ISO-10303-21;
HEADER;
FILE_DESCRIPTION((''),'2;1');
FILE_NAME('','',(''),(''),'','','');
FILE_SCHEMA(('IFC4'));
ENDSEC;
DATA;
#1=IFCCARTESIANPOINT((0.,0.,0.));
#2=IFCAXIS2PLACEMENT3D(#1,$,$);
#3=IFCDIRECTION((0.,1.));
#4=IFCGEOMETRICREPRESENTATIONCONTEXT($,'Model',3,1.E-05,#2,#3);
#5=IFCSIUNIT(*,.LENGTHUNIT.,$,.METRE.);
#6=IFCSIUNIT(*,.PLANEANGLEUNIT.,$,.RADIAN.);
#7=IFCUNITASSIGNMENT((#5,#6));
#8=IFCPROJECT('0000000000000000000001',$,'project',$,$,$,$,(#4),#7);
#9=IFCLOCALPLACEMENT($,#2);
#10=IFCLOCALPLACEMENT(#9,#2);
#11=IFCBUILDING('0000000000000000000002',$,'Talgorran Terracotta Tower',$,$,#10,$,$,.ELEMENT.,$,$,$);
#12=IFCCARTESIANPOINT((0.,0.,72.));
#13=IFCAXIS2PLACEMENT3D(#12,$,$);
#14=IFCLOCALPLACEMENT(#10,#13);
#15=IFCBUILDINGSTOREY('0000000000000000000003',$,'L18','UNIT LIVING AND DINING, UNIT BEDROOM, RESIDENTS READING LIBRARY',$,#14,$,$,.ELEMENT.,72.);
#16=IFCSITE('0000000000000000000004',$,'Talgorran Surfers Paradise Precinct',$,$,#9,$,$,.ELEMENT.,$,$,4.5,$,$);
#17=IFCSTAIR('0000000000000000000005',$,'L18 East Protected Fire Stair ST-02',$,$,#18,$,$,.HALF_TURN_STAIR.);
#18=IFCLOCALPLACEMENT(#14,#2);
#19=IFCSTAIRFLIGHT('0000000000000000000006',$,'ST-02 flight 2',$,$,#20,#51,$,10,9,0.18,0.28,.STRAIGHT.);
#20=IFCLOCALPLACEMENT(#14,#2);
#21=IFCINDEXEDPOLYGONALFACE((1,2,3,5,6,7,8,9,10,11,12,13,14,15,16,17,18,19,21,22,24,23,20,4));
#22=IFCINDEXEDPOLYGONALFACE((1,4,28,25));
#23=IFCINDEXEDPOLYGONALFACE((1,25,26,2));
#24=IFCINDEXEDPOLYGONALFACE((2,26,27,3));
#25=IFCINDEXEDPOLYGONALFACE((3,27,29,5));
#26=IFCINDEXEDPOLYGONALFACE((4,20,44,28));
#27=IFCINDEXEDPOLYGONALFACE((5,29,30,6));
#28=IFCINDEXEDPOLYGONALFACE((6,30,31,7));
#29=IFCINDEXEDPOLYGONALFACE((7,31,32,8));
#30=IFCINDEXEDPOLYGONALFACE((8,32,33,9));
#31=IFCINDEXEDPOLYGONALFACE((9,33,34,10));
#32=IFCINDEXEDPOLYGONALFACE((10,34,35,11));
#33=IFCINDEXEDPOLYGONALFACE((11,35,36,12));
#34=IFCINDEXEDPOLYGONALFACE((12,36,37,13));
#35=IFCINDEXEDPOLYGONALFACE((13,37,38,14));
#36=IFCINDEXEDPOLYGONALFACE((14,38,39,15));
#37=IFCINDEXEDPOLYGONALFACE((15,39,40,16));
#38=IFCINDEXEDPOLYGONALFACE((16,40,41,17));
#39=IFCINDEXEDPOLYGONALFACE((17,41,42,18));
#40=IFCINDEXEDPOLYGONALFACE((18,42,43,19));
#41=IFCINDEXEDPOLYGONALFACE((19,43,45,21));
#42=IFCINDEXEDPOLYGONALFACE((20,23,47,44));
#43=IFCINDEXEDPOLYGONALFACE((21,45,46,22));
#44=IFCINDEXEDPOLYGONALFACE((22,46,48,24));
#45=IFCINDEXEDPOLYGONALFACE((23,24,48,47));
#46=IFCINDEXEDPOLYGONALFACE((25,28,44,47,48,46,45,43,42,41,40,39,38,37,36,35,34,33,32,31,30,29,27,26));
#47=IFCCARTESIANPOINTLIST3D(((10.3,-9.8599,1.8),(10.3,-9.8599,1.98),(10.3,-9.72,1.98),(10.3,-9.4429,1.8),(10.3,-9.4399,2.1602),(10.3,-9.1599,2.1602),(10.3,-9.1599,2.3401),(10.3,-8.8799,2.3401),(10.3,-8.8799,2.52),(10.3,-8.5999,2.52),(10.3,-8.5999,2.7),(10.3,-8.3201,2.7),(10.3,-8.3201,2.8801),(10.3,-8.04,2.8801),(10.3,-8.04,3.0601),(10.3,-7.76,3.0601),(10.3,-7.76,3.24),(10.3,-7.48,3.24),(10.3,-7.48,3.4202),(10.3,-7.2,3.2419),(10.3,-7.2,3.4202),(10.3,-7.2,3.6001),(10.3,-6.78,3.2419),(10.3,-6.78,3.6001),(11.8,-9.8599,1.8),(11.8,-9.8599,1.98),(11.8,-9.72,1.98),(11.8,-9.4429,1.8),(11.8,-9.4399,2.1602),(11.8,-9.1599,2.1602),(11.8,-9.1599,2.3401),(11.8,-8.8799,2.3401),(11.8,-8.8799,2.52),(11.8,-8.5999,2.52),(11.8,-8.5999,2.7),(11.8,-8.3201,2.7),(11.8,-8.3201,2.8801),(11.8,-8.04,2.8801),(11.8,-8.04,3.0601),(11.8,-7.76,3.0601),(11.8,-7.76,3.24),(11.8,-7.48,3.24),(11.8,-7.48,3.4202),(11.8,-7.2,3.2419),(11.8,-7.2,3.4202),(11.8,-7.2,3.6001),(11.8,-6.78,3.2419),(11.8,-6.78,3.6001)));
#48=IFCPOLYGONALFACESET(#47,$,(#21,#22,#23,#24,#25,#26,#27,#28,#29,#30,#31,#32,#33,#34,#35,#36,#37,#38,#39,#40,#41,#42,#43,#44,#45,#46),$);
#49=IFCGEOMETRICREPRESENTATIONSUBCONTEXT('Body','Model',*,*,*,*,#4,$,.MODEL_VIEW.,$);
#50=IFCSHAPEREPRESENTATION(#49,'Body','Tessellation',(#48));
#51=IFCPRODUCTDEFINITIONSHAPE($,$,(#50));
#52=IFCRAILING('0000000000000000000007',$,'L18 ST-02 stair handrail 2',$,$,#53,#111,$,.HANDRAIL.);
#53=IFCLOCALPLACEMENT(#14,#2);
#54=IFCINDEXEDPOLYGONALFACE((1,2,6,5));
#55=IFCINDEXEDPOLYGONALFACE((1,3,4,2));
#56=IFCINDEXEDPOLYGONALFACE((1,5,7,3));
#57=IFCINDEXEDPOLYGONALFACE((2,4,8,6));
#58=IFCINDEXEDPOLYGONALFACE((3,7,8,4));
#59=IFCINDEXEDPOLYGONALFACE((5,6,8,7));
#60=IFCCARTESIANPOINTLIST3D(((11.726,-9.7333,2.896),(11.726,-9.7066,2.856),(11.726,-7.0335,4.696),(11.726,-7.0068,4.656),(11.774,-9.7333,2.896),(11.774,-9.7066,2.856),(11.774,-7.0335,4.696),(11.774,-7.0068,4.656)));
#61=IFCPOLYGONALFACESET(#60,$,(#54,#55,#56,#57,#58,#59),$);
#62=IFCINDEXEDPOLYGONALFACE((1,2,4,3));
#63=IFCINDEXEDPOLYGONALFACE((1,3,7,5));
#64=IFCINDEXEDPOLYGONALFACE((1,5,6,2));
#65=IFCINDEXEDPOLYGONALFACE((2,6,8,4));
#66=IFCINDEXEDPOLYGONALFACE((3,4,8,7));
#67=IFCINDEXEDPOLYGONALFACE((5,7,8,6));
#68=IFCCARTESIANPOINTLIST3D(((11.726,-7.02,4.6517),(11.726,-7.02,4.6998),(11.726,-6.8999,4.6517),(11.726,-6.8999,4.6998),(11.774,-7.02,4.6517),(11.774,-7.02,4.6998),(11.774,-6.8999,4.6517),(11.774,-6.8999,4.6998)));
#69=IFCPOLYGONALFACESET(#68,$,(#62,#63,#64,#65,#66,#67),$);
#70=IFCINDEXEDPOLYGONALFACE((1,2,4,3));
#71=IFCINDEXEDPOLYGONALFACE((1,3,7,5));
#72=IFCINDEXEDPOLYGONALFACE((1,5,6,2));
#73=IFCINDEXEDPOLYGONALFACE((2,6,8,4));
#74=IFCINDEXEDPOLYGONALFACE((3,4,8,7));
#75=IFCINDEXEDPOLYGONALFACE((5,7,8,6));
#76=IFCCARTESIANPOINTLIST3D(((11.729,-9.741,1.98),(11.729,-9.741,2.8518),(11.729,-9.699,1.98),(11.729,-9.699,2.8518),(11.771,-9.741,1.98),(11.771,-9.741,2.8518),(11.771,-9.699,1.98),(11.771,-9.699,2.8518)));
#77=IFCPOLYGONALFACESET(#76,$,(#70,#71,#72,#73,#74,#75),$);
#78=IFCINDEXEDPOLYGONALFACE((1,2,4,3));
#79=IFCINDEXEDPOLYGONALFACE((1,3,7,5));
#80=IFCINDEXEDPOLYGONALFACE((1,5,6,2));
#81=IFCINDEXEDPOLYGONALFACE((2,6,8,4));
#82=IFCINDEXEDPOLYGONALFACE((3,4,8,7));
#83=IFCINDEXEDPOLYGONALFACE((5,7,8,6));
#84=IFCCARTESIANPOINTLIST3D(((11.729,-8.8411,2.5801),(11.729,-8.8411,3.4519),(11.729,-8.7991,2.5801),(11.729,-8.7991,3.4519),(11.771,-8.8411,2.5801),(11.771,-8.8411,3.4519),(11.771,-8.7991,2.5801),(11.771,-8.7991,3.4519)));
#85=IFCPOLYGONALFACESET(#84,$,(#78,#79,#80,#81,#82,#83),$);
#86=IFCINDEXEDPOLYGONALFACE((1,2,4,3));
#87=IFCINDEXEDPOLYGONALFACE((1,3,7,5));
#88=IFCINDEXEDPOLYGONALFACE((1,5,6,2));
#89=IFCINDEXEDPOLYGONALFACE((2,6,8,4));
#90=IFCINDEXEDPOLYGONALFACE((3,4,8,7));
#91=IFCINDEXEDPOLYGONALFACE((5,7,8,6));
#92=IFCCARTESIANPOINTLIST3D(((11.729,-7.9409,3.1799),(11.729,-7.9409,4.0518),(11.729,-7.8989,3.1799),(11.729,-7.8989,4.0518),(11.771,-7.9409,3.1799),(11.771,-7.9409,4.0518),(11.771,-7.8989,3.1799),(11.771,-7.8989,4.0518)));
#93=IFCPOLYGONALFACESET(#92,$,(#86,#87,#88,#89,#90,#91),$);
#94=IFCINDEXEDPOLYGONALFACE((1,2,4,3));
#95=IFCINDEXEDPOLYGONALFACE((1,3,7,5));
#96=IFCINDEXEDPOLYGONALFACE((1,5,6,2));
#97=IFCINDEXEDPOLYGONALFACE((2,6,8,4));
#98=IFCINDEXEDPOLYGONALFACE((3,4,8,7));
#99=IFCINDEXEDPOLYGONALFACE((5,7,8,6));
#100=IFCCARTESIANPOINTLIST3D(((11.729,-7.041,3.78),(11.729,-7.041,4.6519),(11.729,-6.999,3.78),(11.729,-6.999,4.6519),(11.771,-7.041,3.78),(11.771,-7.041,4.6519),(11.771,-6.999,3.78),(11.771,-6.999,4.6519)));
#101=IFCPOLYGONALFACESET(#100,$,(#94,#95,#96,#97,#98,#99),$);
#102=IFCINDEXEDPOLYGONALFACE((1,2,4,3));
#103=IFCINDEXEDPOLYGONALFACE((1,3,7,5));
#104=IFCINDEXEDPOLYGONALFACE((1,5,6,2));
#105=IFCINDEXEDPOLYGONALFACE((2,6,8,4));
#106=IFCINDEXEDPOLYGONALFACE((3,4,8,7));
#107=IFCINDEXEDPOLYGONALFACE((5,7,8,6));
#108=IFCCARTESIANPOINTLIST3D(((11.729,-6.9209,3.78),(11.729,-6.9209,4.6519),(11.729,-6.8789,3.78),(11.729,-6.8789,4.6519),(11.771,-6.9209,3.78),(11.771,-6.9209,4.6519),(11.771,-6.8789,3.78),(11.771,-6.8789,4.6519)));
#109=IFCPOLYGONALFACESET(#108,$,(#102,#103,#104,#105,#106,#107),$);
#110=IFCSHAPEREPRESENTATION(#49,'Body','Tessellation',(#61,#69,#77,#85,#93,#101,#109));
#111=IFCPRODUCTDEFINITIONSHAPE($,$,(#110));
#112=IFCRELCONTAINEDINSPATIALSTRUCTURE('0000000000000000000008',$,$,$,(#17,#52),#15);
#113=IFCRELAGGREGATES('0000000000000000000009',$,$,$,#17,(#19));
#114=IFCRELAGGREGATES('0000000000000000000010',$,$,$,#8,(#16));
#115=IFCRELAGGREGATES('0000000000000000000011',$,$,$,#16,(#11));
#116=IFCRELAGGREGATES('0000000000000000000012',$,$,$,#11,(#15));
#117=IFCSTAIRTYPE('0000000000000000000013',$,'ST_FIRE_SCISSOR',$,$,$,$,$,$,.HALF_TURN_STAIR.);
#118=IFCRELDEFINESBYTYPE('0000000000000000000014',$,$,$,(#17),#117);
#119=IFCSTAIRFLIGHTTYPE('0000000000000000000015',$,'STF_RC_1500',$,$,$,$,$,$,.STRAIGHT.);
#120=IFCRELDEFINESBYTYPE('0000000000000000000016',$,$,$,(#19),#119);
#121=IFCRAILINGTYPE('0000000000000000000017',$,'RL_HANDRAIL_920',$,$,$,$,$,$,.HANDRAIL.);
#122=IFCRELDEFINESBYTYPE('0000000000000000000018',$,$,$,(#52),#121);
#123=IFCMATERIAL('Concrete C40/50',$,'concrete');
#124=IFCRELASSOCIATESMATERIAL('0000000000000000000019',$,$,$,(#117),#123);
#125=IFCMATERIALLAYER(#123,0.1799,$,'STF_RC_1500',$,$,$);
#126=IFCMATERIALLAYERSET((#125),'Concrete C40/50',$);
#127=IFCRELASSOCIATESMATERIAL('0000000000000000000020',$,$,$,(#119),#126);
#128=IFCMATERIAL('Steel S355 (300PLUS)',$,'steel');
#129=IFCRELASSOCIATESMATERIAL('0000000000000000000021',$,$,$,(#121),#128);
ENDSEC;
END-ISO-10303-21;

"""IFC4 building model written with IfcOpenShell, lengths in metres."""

from ifc_helpers import new_model, si_unit, direction, frame, origin, origin_2d, place, context, subcontext, project, spatial, polyline, rectangle, outline, extrude, material, layer, layer_set, type_object, element, aggregate, save


model = new_model("IFC4")

# Units and contexts
model_context = context("Model", 3, precision=1e-05, world=origin(), true_north=direction((0.0, 1.0)))
body_context = subcontext(model_context, "Body", "Model", "MODEL_VIEW")
ifc_project = project(units=[si_unit("LENGTHUNIT", "METRE"), si_unit("PLANEANGLEUNIT", "RADIAN")], contexts=[model_context])

# Site, building, storey
site_placement = place(None, origin())
site = spatial("IfcSite", under=ifc_project, at=site_placement, Name="Talgorran Surfers Paradise Precinct", CompositionType="ELEMENT", RefElevation=4.5)
building_placement = place(site_placement, origin())
building = spatial("IfcBuilding", under=site, at=building_placement, Name="Talgorran Terracotta Tower", CompositionType="ELEMENT")
storey_placement = place(building_placement, frame((0.0, 0.0, 72.0)))
storey = spatial("IfcBuildingStorey", under=building, at=storey_placement, Name="L18", Description="UNIT LIVING AND DINING, UNIT BEDROOM, RESIDENTS READING LIBRARY", CompositionType="ELEMENT", Elevation=72.0)

# Shared definitions
ifc_material_1 = material(Name="Steel S355 (300PLUS)", Category="steel")

# Stair, stair flight
ifc_material_2 = material(Name="Concrete C40/50", Category="concrete")
stair_type = type_object("IfcStairType", Name="ST_FIRE_SCISSOR", PredefinedType="HALF_TURN_STAIR", material=ifc_material_2)
stair_placement = place(storey_placement, origin())
stair = element("IfcStair", 1, at=stair_placement, inside=storey, type_object=stair_type, Name="L18 East Protected Fire Stair ST-02", PredefinedType="HALF_TURN_STAIR")
ifc_layer_1 = layer(ifc_material_2, 0.1799, Name="STF_RC_1500")
ifc_layer_set_1 = layer_set([ifc_layer_1], Name="Concrete C40/50")
stair_flight_type = type_object("IfcStairFlightType", Name="STF_RC_1500", PredefinedType="STRAIGHT", material=ifc_layer_set_1)
stair_flight_placement = place(storey_placement, frame((11.05, -9.72, 1.8), z_axis=(0.0, 0.0, 1.0), x_axis=(0.0, 1.0, 0.0)))
stair_flight = element("IfcStairFlight", 2, at=stair_flight_placement, type_object=stair_flight_type, Name="ST-02 flight 2", NumberOfRisers=10, NumberOfTreads=9, PredefinedType="STRAIGHT", RiserHeight=0.18, TreadLength=0.28, context=body_context, shape_type="SweptSolid", body=[
    extrude(outline(polyline([(-0.1399, 0.0), (-0.1399, 0.1799), (0.0, 0.1799), (0.28, 0.3601), (0.5601, 0.3601), (0.5601, 0.54), (0.8401, 0.54), (0.8401, 0.72), (1.1201, 0.72), (1.1201, 0.8999), (1.3999, 0.8999), (1.3999, 1.0801), (1.6799, 1.0801), (1.6799, 1.26), (1.96, 1.26), (1.96, 1.4399), (2.24, 1.4399), (2.24, 1.6201), (2.52, 1.6201), (2.52, 1.8), (2.9399, 1.8), (2.9399, 1.4419), (2.52, 1.4419), (0.2771, 0.0), (-0.1399, 0.0)])), frame((0.0, 0.75, 0.0), z_axis=(0.0, -1.0, 0.0), x_axis=(1.0, 0.0, 0.0)), (0.0, 0.0, 1.0), 1.5),
])
aggregate(stair, [stair_flight])

# Railing
railing_type = type_object("IfcRailingType", Name="RL_HANDRAIL_920", PredefinedType="HANDRAIL", material=ifc_material_1)
railing_placement = place(storey_placement, frame((11.75, -9.72, 1.98)))
element("IfcRailing", 3, at=railing_placement, inside=storey, type_object=railing_type, Name="L18 ST-02 stair handrail 2", PredefinedType="HANDRAIL", context=body_context, shape_type="SweptSolid", body=[
    extrude(rectangle(XDim=0.0481, YDim=0.0481, at=origin_2d()), frame((0.0, 0.0, 0.896), z_axis=(0.0, 0.832039, 0.554718), x_axis=(-1.0, 0.0, 0.0)), (0.0, 0.0, 1.0), 3.2449),
    extrude(rectangle(XDim=0.0481, YDim=0.0481, at=origin_2d()), frame((0.0, 2.7, 2.6958), z_axis=(0.0, 1.0, 0.0), x_axis=(-1.0, 0.0, 0.0)), (0.0, 0.0, 1.0), 0.1201),
    extrude(rectangle(XDim=0.042, YDim=0.042, at=origin_2d()), origin(), (0.0, 0.0, 1.0), 0.8718),
    extrude(rectangle(XDim=0.042, YDim=0.042, at=origin_2d()), frame((0.0, 0.8999, 0.6001)), (0.0, 0.0, 1.0), 0.8718),
    extrude(rectangle(XDim=0.042, YDim=0.042, at=origin_2d()), frame((0.0, 1.8, 1.2)), (0.0, 0.0, 1.0), 0.8718),
    extrude(rectangle(XDim=0.042, YDim=0.042, at=origin_2d()), frame((0.0, 2.7, 1.8)), (0.0, 0.0, 1.0), 0.8718),
    extrude(rectangle(XDim=0.042, YDim=0.042, at=origin_2d()), frame((0.0, 2.8201, 1.8)), (0.0, 0.0, 1.0), 0.8718),
])

save(model, "model.ifc")
